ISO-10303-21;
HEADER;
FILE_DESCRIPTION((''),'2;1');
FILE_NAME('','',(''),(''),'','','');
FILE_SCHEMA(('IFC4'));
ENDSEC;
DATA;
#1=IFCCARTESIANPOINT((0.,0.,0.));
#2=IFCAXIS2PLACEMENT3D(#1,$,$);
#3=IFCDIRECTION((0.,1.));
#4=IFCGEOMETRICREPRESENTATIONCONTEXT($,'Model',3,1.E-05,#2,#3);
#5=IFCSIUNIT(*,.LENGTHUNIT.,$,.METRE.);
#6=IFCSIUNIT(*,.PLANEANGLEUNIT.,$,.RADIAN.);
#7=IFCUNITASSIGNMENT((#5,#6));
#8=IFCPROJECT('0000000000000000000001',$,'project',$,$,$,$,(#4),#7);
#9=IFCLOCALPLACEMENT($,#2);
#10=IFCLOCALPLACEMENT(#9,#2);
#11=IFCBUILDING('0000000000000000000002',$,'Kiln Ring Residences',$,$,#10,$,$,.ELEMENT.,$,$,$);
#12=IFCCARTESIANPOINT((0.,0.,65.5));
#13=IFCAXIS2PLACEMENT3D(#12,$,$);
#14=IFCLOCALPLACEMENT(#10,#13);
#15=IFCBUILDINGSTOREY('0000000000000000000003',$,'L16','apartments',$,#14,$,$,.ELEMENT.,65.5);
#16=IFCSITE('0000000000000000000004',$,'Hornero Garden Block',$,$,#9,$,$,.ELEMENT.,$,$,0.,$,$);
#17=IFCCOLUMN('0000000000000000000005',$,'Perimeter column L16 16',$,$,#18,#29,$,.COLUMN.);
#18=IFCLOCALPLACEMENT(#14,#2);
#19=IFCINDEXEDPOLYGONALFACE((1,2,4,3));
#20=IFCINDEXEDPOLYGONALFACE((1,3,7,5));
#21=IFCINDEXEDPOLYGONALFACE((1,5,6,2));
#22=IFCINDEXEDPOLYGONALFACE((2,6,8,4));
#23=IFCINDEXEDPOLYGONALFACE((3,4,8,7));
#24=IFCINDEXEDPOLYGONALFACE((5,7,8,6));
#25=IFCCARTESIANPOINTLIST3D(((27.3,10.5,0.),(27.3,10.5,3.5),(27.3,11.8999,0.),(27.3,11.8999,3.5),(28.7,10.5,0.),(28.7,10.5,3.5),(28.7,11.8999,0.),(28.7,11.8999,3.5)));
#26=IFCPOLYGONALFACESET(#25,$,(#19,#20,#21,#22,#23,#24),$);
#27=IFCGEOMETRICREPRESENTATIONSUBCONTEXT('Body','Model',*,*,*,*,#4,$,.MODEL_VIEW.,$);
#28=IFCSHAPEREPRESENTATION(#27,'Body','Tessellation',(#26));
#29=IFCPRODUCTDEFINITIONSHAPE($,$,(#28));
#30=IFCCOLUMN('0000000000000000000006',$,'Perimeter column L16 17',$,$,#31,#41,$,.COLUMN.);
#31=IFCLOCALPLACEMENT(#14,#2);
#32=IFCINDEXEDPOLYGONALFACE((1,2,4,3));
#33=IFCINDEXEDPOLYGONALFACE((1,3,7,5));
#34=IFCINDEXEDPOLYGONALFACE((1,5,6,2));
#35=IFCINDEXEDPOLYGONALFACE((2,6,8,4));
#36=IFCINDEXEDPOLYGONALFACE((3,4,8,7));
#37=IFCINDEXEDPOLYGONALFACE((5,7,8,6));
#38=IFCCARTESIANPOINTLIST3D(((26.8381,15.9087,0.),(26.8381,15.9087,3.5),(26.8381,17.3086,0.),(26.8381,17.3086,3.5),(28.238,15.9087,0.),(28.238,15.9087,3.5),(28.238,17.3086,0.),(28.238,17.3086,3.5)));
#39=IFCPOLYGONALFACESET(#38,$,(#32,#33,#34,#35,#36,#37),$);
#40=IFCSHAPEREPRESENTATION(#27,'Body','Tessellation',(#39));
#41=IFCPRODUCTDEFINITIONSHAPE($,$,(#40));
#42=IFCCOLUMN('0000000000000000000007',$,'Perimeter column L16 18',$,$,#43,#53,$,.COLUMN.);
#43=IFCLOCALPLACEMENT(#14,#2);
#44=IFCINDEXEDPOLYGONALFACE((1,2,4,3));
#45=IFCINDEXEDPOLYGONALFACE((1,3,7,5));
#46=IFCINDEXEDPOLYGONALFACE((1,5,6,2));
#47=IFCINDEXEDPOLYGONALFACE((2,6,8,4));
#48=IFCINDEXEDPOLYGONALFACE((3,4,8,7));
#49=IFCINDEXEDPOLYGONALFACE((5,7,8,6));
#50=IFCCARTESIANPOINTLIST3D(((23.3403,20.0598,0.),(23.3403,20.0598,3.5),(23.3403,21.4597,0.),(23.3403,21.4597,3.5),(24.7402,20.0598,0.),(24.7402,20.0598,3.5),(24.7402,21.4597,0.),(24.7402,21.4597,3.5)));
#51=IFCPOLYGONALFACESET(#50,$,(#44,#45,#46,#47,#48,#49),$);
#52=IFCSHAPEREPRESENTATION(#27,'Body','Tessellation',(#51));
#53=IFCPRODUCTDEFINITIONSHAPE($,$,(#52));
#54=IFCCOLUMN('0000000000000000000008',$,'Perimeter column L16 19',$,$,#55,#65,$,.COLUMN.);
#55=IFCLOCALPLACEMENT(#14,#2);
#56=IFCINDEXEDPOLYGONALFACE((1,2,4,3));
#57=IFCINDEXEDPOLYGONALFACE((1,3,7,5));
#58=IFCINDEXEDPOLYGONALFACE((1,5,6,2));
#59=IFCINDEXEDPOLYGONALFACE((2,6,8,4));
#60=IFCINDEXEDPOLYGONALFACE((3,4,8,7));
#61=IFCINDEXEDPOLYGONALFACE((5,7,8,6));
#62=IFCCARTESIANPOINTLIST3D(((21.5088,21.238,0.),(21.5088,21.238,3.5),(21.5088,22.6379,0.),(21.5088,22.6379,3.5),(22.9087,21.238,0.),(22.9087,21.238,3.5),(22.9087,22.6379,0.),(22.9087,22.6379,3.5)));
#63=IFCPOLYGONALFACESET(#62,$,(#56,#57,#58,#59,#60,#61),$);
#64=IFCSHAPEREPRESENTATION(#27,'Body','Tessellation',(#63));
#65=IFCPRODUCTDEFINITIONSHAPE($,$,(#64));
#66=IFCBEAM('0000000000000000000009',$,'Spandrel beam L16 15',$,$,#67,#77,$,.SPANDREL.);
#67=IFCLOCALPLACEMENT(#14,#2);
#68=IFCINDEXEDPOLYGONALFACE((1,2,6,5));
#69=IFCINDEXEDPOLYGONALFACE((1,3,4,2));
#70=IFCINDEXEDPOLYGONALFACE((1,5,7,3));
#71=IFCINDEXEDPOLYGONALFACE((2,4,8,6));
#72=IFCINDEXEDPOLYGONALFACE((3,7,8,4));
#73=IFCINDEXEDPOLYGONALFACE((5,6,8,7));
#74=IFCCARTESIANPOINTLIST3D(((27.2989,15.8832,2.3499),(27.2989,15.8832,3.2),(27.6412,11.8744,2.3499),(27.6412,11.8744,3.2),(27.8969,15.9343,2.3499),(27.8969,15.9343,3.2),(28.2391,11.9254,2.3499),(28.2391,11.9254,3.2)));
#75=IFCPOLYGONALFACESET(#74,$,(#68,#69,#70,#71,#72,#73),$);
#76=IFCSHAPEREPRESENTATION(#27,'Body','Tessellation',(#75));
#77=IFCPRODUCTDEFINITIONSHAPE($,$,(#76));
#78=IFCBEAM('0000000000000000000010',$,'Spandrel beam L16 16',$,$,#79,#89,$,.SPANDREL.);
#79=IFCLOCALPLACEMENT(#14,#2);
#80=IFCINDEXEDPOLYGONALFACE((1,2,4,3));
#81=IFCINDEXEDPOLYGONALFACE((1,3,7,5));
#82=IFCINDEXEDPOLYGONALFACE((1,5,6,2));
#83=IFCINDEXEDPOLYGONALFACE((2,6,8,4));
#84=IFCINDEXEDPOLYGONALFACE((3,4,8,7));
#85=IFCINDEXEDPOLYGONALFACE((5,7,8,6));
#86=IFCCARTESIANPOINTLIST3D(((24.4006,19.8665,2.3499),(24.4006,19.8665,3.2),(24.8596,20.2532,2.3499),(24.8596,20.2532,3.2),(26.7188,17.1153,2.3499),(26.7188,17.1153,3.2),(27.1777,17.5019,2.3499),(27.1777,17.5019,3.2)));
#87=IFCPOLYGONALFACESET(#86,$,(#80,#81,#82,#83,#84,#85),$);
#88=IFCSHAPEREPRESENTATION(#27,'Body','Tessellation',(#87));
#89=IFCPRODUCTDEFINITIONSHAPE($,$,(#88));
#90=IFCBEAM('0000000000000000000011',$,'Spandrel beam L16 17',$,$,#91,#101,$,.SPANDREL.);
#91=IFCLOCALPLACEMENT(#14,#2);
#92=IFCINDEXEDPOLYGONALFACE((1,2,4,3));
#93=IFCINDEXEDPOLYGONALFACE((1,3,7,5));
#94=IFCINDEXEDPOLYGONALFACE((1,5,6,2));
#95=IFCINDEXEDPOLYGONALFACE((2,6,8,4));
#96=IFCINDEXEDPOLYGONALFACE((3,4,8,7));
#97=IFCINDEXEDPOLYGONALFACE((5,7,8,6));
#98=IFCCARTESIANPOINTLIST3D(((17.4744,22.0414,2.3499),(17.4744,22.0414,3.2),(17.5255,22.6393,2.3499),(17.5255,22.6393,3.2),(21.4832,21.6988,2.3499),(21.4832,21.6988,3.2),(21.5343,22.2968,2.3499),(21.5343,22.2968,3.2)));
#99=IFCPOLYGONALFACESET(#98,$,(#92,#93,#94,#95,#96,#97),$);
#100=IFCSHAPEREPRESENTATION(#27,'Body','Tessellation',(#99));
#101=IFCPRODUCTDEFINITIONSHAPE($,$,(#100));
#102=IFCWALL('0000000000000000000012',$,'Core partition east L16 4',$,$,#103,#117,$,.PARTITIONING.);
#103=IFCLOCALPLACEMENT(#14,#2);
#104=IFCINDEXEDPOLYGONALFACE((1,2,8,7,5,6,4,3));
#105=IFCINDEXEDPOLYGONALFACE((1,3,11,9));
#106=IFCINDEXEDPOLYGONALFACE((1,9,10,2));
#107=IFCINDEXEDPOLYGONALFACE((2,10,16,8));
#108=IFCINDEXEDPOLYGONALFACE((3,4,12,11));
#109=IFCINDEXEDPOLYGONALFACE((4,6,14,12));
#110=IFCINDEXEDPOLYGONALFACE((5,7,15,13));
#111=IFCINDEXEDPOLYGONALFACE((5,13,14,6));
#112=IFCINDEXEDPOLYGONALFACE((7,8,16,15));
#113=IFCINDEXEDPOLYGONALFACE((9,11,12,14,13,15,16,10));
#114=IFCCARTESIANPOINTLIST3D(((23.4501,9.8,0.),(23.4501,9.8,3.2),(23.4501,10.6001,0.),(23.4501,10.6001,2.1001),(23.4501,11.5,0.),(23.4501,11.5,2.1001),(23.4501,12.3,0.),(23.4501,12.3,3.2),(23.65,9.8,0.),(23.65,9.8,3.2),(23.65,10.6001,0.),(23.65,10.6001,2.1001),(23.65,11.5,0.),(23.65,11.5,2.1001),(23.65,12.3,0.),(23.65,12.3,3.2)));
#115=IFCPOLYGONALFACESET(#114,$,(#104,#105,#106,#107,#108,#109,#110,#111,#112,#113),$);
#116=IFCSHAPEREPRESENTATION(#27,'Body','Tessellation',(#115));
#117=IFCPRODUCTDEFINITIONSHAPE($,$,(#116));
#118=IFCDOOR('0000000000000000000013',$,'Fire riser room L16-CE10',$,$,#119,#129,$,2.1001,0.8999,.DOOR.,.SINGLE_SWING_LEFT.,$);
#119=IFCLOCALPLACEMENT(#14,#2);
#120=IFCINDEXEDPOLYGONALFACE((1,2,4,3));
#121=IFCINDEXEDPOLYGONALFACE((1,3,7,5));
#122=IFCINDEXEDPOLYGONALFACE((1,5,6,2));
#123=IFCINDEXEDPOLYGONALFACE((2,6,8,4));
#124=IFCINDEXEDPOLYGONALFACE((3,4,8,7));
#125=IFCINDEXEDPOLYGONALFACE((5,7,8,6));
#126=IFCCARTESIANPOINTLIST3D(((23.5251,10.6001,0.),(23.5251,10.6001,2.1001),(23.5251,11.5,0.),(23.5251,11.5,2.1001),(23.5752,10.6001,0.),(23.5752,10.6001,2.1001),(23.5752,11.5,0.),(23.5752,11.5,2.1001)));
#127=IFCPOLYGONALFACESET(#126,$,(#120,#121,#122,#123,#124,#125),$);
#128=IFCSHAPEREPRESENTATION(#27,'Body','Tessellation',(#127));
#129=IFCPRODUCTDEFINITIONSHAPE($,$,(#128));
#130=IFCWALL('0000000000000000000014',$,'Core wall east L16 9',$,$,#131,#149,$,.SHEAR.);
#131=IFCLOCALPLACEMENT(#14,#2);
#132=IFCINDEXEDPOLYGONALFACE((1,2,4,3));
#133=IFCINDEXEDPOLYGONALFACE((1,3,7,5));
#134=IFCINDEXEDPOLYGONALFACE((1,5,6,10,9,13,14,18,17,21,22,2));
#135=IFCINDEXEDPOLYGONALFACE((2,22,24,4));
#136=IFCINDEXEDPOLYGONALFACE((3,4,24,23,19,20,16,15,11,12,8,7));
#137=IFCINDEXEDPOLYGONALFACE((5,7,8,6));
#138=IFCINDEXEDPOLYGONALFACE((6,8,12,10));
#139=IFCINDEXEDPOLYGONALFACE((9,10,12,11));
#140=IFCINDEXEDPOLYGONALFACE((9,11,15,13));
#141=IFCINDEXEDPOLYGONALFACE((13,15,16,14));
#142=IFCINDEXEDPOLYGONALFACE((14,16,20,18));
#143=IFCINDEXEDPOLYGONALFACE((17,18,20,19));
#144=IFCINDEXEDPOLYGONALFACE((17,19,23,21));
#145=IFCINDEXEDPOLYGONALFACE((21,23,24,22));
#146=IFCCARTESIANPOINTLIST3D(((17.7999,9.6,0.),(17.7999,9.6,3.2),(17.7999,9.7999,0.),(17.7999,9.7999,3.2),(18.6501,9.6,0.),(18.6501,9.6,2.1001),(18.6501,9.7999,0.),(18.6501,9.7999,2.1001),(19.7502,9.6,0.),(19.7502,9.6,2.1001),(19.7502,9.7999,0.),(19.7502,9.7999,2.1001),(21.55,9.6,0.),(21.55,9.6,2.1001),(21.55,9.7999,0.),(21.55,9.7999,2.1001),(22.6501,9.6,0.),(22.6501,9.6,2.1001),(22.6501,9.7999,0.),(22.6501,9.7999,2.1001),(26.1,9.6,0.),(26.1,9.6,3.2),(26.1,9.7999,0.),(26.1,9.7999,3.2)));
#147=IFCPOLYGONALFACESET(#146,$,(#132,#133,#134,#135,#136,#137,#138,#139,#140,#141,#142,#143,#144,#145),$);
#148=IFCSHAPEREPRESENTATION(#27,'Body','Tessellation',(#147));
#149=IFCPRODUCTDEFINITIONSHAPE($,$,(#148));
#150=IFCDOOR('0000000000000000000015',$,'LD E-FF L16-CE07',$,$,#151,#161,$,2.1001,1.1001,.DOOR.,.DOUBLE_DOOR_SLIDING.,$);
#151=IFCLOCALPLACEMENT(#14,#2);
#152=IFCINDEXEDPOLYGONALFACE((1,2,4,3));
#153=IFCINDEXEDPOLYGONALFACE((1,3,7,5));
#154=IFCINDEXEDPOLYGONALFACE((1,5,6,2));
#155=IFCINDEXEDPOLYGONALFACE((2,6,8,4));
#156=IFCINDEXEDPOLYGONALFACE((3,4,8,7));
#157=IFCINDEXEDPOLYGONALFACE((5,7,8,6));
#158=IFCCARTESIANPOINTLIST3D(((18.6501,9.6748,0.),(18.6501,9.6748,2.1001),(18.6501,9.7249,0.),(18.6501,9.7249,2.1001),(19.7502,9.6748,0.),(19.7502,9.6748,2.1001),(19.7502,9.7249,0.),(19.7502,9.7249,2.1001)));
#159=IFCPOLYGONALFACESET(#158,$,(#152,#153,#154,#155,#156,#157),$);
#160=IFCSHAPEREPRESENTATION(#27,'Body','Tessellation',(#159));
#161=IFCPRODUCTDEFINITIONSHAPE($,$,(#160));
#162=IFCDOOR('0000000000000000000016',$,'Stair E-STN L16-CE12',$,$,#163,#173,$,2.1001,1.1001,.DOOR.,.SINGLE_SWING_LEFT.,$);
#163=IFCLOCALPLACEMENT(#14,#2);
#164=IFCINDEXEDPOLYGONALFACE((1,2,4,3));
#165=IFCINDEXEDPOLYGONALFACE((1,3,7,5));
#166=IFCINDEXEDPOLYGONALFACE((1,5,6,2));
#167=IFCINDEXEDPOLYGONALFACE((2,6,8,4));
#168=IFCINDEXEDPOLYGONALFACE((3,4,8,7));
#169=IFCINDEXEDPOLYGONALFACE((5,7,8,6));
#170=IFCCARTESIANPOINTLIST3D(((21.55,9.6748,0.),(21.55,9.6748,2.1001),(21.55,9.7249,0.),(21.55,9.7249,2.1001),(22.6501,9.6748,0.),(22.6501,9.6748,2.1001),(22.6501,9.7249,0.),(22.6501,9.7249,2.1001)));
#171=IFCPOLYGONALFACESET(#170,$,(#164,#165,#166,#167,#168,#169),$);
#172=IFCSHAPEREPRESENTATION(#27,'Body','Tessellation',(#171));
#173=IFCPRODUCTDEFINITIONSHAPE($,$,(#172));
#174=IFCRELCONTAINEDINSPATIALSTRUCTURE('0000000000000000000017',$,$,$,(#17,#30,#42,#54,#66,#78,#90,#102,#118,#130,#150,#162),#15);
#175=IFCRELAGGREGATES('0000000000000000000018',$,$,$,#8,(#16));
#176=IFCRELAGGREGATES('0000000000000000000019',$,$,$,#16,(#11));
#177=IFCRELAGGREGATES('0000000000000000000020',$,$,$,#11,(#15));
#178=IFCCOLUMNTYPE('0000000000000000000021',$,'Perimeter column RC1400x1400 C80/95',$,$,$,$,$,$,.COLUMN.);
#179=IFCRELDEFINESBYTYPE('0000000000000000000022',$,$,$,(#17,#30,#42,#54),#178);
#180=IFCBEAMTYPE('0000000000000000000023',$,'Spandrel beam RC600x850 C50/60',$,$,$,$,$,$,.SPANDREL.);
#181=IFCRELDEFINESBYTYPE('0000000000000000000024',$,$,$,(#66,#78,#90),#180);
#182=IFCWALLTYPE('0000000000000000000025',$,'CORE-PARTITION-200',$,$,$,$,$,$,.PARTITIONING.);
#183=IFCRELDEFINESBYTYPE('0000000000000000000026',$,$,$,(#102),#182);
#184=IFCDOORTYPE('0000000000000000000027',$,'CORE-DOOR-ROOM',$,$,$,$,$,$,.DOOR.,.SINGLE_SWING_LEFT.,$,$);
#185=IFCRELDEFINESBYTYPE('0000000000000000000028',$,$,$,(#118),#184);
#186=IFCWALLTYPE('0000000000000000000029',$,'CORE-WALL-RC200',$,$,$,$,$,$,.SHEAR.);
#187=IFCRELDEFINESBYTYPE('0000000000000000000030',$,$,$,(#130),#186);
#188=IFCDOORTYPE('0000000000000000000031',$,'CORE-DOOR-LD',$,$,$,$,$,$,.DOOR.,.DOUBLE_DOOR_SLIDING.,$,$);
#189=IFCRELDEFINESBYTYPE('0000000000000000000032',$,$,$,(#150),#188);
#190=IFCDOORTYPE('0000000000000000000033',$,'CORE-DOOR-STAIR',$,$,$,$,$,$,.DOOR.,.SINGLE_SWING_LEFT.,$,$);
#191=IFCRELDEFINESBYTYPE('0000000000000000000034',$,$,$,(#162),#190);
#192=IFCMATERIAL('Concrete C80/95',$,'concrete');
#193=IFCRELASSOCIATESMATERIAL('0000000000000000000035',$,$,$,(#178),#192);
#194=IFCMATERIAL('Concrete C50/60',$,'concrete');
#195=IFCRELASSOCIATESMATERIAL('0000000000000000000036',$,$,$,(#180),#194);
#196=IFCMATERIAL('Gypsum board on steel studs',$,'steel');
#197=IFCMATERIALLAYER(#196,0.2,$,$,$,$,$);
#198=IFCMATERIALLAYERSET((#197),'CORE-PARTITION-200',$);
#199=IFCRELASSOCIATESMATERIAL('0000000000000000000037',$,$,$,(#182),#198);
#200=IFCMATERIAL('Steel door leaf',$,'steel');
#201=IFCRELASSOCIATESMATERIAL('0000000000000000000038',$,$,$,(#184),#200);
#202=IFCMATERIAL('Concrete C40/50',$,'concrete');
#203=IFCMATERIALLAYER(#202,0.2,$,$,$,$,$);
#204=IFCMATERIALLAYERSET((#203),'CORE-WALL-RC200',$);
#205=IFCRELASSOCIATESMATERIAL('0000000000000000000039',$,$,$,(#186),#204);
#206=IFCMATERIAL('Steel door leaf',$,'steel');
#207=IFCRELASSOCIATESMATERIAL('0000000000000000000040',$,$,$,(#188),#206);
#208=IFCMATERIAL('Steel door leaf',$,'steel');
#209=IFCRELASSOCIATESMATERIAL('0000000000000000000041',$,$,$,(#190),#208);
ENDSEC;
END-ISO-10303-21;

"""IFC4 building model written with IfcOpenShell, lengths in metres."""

from ifc_helpers import new_model, si_unit, direction, frame, frame_2d, origin, origin_2d, place, context, subcontext, project, spatial, rectangle, extrude, material, layer, layer_set, material_profile, profile_set, type_object, element, fill, save


model = new_model("IFC4")

# Units and contexts
model_context = context("Model", 3, precision=1e-05, world=origin(), true_north=direction((0.0, 1.0)))
body_context = subcontext(model_context, "Body", "Model", "MODEL_VIEW")
ifc_project = project(units=[si_unit("LENGTHUNIT", "METRE"), si_unit("PLANEANGLEUNIT", "RADIAN")], contexts=[model_context])

# Site, building, storey
site_placement = place(None, origin())
site = spatial("IfcSite", under=ifc_project, at=site_placement, Name="Hornero Garden Block", CompositionType="ELEMENT", RefElevation=0.0)
building_placement = place(site_placement, origin())
building = spatial("IfcBuilding", under=site, at=building_placement, Name="Kiln Ring Residences", CompositionType="ELEMENT")
storey_placement = place(building_placement, frame((0.0, 0.0, 65.5)))
storey = spatial("IfcBuildingStorey", under=building, at=storey_placement, Name="L16", Description="apartments", CompositionType="ELEMENT", Elevation=65.5)

# Columns
ifc_material_1 = material(Name="Concrete C80/95", Category="concrete")
ifc_material_profile_1 = material_profile(ifc_material_1, rectangle(XDim=1.3999, YDim=1.3999, at=origin_2d()), Name="RC1400x1400")
ifc_profile_set_1 = profile_set([ifc_material_profile_1], Name="Concrete C80/95")
column_type = type_object("IfcColumnType", Name="Perimeter column RC1400x1400 C80/95", PredefinedType="COLUMN", material=ifc_profile_set_1)
for number, where, z_axis, x_axis, name in (
    (1, (28.0, 11.2, 0.0), (0.0, 0.0, 1.0), (1.0, 0.0, 0.0), "Perimeter column L16 16"),
    (2, (27.5381, 16.6086, 0.0), (0.0, 0.0, 1.0), (1.0, 0.0, 0.0), "Perimeter column L16 17"),
    (3, (24.0403, 20.7598, 0.0), (0.0, 0.0, 1.0), (1.0, 0.0, 0.0), "Perimeter column L16 18"),
    (4, (22.2087, 21.938, 0.0), (0.0, 0.0, 1.0), (1.0, 0.0, 0.0), "Perimeter column L16 19"),
):
    element("IfcColumn", number, at=place(storey_placement, frame(where, z_axis=z_axis, x_axis=x_axis)), inside=storey, type_object=column_type, Name=name, PredefinedType="COLUMN", context=body_context, shape_type="SweptSolid", body=[
        extrude(rectangle(XDim=1.3999, YDim=1.3999, at=origin_2d()), origin(), (0.0, 0.0, 1.0), 3.5),
    ])

# Beams
ifc_material_2 = material(Name="Concrete C50/60", Category="concrete")
ifc_material_profile_2 = material_profile(ifc_material_2, rectangle(XDim=0.6001, YDim=0.8501, at=origin_2d()), Name="RC600x850")
ifc_profile_set_2 = profile_set([ifc_material_profile_2], Name="Concrete C50/60")
beam_type = type_object("IfcBeamType", Name="Spandrel beam RC600x850 C50/60", PredefinedType="SPANDREL", material=ifc_profile_set_2)
beam_1_placement = place(storey_placement, frame((27.9402, 11.8999, 2.7749), z_axis=(-0.085074, 0.996375, 0.0), x_axis=(-0.996375, -0.085074, 0.0)))
element("IfcBeam", 5, at=beam_1_placement, inside=storey, type_object=beam_type, Name="Spandrel beam L16 15", PredefinedType="SPANDREL", context=body_context, shape_type="SweptSolid", body=[
    extrude(rectangle(XDim=0.6001, YDim=0.8501, at=origin_2d()), origin(), (0.0, 0.0, 1.0), 4.0234),
])
beam_2_placement = place(storey_placement, frame((26.9482, 17.3086, 2.7749), z_axis=(-0.644347, 0.764733, 0.0), x_axis=(-0.764733, -0.644347, 0.0)))
element("IfcBeam", 6, at=beam_2_placement, inside=storey, type_object=beam_type, Name="Spandrel beam L16 16", PredefinedType="SPANDREL", context=body_context, shape_type="SweptSolid", body=[
    extrude(rectangle(XDim=0.6001, YDim=0.8501, at=origin_2d()), origin(), (0.0, 0.0, 1.0), 3.5977),
])
beam_3_placement = place(storey_placement, frame((21.5088, 21.9978, 2.7749), z_axis=(-0.996369, 0.085134, 0.0), x_axis=(-0.085134, -0.996369, 0.0)))
element("IfcBeam", 7, at=beam_3_placement, inside=storey, type_object=beam_type, Name="Spandrel beam L16 17", PredefinedType="SPANDREL", context=body_context, shape_type="SweptSolid", body=[
    extrude(rectangle(XDim=0.6001, YDim=0.8501, at=origin_2d()), origin(), (0.0, 0.0, 1.0), 4.0234),
])

# Wall, opening, door
ifc_material_3 = material(Name="Gypsum board on steel studs", Category="steel")
ifc_layer_1 = layer(ifc_material_3, 0.2)
ifc_layer_set_1 = layer_set([ifc_layer_1], Name="CORE-PARTITION-200")
wall_type_1 = type_object("IfcWallType", Name="CORE-PARTITION-200", PredefinedType="PARTITIONING", material=ifc_layer_set_1)
wall_1_placement = place(storey_placement, frame((23.55, 9.8, 0.0), z_axis=(0.0, 0.0, 1.0), x_axis=(0.0, 1.0, 0.0)))
wall_1 = element("IfcWall", 8, at=wall_1_placement, inside=storey, type_object=wall_type_1, Name="Core partition east L16 4", PredefinedType="PARTITIONING", context=body_context, shape_type="SweptSolid", body=[
    extrude(rectangle(XDim=2.5, YDim=0.2, at=frame_2d((1.25, 0.0))), origin(), (0.0, 0.0, 1.0), 3.2),
])
opening_1_placement = place(wall_1_placement, frame((0.8, 0.0, 0.0)))
opening_1 = element("IfcOpeningElement", 9, at=opening_1_placement, cuts=wall_1, PredefinedType="OPENING", context=body_context, shape_type="SweptSolid", body=[
    extrude(rectangle(XDim=0.8999, YDim=2.1001, at=frame_2d((0.45, 1.05))), frame((0.0, 0.1099, 0.0), z_axis=(0.0, -1.0, 0.0), x_axis=(1.0, 0.0, 0.0)), (0.0, 0.0, 1.0), 0.22),
])
ifc_material_4 = material(Name="Steel door leaf", Category="steel")
door_type_1 = type_object("IfcDoorType", Name="CORE-DOOR-ROOM", OperationType="SINGLE_SWING_LEFT", PredefinedType="DOOR", material=ifc_material_4)
door_1_placement = place(opening_1_placement, origin())
door_1 = element("IfcDoor", 10, at=door_1_placement, inside=storey, type_object=door_type_1, Name="Fire riser room L16-CE10", OperationType="SINGLE_SWING_LEFT", OverallHeight=2.1001, OverallWidth=0.8999, PredefinedType="DOOR", context=body_context, shape_type="SweptSolid", body=[
    extrude(rectangle(XDim=0.8999, YDim=2.1001, at=frame_2d((0.45, 1.05))), frame((0.0, 0.0249, 0.0), z_axis=(0.0, -1.0, 0.0), x_axis=(1.0, 0.0, 0.0)), (0.0, 0.0, 1.0), 0.05),
])
fill(opening_1, door_1)

# Wall, openings, doors
ifc_material_5 = material(Name="Concrete C40/50", Category="concrete")
ifc_layer_2 = layer(ifc_material_5, 0.2)
ifc_layer_set_2 = layer_set([ifc_layer_2], Name="CORE-WALL-RC200")
wall_type_2 = type_object("IfcWallType", Name="CORE-WALL-RC200", PredefinedType="SHEAR", material=ifc_layer_set_2)
wall_2_placement = place(storey_placement, frame((17.8, 9.7, 0.0), z_axis=(0.0, 0.0, 1.0), x_axis=(1.0, 0.0, 0.0)))
wall_2 = element("IfcWall", 11, at=wall_2_placement, inside=storey, type_object=wall_type_2, Name="Core wall east L16 9", PredefinedType="SHEAR", context=body_context, shape_type="SweptSolid", body=[
    extrude(rectangle(XDim=8.3, YDim=0.2, at=frame_2d((4.1499, 0.0))), origin(), (0.0, 0.0, 1.0), 3.2),
])
opening_2_placement = place(wall_2_placement, frame((0.8501, 0.0, 0.0)))
opening_2 = element("IfcOpeningElement", 12, at=opening_2_placement, cuts=wall_2, PredefinedType="OPENING", context=body_context, shape_type="SweptSolid", body=[
    extrude(rectangle(XDim=1.1001, YDim=2.1001, at=frame_2d((0.55, 1.05))), frame((0.0, 0.1099, 0.0), z_axis=(0.0, -1.0, 0.0), x_axis=(1.0, 0.0, 0.0)), (0.0, 0.0, 1.0), 0.22),
])
opening_3_placement = place(wall_2_placement, frame((3.75, 0.0, 0.0)))
opening_3 = element("IfcOpeningElement", 13, at=opening_3_placement, cuts=wall_2, PredefinedType="OPENING", context=body_context, shape_type="SweptSolid", body=[
    extrude(rectangle(XDim=1.1001, YDim=2.1001, at=frame_2d((0.55, 1.05))), frame((0.0, 0.1099, 0.0), z_axis=(0.0, -1.0, 0.0), x_axis=(1.0, 0.0, 0.0)), (0.0, 0.0, 1.0), 0.22),
])
ifc_material_6 = material(Name="Steel door leaf", Category="steel")
door_type_2 = type_object("IfcDoorType", Name="CORE-DOOR-LD", OperationType="DOUBLE_DOOR_SLIDING", PredefinedType="DOOR", material=ifc_material_6)
door_2_placement = place(opening_2_placement, origin())
door_2 = element("IfcDoor", 14, at=door_2_placement, inside=storey, type_object=door_type_2, Name="LD E-FF L16-CE07", OperationType="DOUBLE_DOOR_SLIDING", OverallHeight=2.1001, OverallWidth=1.1001, PredefinedType="DOOR", context=body_context, shape_type="SweptSolid", body=[
    extrude(rectangle(XDim=1.1001, YDim=2.1001, at=frame_2d((0.55, 1.05))), frame((0.0, 0.0249, 0.0), z_axis=(0.0, -1.0, 0.0), x_axis=(1.0, 0.0, 0.0)), (0.0, 0.0, 1.0), 0.05),
])
fill(opening_2, door_2)
ifc_material_7 = material(Name="Steel door leaf", Category="steel")
door_type_3 = type_object("IfcDoorType", Name="CORE-DOOR-STAIR", OperationType="SINGLE_SWING_LEFT", PredefinedType="DOOR", material=ifc_material_7)
door_3_placement = place(opening_3_placement, origin())
door_3 = element("IfcDoor", 15, at=door_3_placement, inside=storey, type_object=door_type_3, Name="Stair E-STN L16-CE12", OperationType="SINGLE_SWING_LEFT", OverallHeight=2.1001, OverallWidth=1.1001, PredefinedType="DOOR", context=body_context, shape_type="SweptSolid", body=[
    extrude(rectangle(XDim=1.1001, YDim=2.1001, at=frame_2d((0.55, 1.05))), frame((0.0, 0.0249, 0.0), z_axis=(0.0, -1.0, 0.0), x_axis=(1.0, 0.0, 0.0)), (0.0, 0.0, 1.0), 0.05),
])
fill(opening_3, door_3)

save(model, "model.ifc")
